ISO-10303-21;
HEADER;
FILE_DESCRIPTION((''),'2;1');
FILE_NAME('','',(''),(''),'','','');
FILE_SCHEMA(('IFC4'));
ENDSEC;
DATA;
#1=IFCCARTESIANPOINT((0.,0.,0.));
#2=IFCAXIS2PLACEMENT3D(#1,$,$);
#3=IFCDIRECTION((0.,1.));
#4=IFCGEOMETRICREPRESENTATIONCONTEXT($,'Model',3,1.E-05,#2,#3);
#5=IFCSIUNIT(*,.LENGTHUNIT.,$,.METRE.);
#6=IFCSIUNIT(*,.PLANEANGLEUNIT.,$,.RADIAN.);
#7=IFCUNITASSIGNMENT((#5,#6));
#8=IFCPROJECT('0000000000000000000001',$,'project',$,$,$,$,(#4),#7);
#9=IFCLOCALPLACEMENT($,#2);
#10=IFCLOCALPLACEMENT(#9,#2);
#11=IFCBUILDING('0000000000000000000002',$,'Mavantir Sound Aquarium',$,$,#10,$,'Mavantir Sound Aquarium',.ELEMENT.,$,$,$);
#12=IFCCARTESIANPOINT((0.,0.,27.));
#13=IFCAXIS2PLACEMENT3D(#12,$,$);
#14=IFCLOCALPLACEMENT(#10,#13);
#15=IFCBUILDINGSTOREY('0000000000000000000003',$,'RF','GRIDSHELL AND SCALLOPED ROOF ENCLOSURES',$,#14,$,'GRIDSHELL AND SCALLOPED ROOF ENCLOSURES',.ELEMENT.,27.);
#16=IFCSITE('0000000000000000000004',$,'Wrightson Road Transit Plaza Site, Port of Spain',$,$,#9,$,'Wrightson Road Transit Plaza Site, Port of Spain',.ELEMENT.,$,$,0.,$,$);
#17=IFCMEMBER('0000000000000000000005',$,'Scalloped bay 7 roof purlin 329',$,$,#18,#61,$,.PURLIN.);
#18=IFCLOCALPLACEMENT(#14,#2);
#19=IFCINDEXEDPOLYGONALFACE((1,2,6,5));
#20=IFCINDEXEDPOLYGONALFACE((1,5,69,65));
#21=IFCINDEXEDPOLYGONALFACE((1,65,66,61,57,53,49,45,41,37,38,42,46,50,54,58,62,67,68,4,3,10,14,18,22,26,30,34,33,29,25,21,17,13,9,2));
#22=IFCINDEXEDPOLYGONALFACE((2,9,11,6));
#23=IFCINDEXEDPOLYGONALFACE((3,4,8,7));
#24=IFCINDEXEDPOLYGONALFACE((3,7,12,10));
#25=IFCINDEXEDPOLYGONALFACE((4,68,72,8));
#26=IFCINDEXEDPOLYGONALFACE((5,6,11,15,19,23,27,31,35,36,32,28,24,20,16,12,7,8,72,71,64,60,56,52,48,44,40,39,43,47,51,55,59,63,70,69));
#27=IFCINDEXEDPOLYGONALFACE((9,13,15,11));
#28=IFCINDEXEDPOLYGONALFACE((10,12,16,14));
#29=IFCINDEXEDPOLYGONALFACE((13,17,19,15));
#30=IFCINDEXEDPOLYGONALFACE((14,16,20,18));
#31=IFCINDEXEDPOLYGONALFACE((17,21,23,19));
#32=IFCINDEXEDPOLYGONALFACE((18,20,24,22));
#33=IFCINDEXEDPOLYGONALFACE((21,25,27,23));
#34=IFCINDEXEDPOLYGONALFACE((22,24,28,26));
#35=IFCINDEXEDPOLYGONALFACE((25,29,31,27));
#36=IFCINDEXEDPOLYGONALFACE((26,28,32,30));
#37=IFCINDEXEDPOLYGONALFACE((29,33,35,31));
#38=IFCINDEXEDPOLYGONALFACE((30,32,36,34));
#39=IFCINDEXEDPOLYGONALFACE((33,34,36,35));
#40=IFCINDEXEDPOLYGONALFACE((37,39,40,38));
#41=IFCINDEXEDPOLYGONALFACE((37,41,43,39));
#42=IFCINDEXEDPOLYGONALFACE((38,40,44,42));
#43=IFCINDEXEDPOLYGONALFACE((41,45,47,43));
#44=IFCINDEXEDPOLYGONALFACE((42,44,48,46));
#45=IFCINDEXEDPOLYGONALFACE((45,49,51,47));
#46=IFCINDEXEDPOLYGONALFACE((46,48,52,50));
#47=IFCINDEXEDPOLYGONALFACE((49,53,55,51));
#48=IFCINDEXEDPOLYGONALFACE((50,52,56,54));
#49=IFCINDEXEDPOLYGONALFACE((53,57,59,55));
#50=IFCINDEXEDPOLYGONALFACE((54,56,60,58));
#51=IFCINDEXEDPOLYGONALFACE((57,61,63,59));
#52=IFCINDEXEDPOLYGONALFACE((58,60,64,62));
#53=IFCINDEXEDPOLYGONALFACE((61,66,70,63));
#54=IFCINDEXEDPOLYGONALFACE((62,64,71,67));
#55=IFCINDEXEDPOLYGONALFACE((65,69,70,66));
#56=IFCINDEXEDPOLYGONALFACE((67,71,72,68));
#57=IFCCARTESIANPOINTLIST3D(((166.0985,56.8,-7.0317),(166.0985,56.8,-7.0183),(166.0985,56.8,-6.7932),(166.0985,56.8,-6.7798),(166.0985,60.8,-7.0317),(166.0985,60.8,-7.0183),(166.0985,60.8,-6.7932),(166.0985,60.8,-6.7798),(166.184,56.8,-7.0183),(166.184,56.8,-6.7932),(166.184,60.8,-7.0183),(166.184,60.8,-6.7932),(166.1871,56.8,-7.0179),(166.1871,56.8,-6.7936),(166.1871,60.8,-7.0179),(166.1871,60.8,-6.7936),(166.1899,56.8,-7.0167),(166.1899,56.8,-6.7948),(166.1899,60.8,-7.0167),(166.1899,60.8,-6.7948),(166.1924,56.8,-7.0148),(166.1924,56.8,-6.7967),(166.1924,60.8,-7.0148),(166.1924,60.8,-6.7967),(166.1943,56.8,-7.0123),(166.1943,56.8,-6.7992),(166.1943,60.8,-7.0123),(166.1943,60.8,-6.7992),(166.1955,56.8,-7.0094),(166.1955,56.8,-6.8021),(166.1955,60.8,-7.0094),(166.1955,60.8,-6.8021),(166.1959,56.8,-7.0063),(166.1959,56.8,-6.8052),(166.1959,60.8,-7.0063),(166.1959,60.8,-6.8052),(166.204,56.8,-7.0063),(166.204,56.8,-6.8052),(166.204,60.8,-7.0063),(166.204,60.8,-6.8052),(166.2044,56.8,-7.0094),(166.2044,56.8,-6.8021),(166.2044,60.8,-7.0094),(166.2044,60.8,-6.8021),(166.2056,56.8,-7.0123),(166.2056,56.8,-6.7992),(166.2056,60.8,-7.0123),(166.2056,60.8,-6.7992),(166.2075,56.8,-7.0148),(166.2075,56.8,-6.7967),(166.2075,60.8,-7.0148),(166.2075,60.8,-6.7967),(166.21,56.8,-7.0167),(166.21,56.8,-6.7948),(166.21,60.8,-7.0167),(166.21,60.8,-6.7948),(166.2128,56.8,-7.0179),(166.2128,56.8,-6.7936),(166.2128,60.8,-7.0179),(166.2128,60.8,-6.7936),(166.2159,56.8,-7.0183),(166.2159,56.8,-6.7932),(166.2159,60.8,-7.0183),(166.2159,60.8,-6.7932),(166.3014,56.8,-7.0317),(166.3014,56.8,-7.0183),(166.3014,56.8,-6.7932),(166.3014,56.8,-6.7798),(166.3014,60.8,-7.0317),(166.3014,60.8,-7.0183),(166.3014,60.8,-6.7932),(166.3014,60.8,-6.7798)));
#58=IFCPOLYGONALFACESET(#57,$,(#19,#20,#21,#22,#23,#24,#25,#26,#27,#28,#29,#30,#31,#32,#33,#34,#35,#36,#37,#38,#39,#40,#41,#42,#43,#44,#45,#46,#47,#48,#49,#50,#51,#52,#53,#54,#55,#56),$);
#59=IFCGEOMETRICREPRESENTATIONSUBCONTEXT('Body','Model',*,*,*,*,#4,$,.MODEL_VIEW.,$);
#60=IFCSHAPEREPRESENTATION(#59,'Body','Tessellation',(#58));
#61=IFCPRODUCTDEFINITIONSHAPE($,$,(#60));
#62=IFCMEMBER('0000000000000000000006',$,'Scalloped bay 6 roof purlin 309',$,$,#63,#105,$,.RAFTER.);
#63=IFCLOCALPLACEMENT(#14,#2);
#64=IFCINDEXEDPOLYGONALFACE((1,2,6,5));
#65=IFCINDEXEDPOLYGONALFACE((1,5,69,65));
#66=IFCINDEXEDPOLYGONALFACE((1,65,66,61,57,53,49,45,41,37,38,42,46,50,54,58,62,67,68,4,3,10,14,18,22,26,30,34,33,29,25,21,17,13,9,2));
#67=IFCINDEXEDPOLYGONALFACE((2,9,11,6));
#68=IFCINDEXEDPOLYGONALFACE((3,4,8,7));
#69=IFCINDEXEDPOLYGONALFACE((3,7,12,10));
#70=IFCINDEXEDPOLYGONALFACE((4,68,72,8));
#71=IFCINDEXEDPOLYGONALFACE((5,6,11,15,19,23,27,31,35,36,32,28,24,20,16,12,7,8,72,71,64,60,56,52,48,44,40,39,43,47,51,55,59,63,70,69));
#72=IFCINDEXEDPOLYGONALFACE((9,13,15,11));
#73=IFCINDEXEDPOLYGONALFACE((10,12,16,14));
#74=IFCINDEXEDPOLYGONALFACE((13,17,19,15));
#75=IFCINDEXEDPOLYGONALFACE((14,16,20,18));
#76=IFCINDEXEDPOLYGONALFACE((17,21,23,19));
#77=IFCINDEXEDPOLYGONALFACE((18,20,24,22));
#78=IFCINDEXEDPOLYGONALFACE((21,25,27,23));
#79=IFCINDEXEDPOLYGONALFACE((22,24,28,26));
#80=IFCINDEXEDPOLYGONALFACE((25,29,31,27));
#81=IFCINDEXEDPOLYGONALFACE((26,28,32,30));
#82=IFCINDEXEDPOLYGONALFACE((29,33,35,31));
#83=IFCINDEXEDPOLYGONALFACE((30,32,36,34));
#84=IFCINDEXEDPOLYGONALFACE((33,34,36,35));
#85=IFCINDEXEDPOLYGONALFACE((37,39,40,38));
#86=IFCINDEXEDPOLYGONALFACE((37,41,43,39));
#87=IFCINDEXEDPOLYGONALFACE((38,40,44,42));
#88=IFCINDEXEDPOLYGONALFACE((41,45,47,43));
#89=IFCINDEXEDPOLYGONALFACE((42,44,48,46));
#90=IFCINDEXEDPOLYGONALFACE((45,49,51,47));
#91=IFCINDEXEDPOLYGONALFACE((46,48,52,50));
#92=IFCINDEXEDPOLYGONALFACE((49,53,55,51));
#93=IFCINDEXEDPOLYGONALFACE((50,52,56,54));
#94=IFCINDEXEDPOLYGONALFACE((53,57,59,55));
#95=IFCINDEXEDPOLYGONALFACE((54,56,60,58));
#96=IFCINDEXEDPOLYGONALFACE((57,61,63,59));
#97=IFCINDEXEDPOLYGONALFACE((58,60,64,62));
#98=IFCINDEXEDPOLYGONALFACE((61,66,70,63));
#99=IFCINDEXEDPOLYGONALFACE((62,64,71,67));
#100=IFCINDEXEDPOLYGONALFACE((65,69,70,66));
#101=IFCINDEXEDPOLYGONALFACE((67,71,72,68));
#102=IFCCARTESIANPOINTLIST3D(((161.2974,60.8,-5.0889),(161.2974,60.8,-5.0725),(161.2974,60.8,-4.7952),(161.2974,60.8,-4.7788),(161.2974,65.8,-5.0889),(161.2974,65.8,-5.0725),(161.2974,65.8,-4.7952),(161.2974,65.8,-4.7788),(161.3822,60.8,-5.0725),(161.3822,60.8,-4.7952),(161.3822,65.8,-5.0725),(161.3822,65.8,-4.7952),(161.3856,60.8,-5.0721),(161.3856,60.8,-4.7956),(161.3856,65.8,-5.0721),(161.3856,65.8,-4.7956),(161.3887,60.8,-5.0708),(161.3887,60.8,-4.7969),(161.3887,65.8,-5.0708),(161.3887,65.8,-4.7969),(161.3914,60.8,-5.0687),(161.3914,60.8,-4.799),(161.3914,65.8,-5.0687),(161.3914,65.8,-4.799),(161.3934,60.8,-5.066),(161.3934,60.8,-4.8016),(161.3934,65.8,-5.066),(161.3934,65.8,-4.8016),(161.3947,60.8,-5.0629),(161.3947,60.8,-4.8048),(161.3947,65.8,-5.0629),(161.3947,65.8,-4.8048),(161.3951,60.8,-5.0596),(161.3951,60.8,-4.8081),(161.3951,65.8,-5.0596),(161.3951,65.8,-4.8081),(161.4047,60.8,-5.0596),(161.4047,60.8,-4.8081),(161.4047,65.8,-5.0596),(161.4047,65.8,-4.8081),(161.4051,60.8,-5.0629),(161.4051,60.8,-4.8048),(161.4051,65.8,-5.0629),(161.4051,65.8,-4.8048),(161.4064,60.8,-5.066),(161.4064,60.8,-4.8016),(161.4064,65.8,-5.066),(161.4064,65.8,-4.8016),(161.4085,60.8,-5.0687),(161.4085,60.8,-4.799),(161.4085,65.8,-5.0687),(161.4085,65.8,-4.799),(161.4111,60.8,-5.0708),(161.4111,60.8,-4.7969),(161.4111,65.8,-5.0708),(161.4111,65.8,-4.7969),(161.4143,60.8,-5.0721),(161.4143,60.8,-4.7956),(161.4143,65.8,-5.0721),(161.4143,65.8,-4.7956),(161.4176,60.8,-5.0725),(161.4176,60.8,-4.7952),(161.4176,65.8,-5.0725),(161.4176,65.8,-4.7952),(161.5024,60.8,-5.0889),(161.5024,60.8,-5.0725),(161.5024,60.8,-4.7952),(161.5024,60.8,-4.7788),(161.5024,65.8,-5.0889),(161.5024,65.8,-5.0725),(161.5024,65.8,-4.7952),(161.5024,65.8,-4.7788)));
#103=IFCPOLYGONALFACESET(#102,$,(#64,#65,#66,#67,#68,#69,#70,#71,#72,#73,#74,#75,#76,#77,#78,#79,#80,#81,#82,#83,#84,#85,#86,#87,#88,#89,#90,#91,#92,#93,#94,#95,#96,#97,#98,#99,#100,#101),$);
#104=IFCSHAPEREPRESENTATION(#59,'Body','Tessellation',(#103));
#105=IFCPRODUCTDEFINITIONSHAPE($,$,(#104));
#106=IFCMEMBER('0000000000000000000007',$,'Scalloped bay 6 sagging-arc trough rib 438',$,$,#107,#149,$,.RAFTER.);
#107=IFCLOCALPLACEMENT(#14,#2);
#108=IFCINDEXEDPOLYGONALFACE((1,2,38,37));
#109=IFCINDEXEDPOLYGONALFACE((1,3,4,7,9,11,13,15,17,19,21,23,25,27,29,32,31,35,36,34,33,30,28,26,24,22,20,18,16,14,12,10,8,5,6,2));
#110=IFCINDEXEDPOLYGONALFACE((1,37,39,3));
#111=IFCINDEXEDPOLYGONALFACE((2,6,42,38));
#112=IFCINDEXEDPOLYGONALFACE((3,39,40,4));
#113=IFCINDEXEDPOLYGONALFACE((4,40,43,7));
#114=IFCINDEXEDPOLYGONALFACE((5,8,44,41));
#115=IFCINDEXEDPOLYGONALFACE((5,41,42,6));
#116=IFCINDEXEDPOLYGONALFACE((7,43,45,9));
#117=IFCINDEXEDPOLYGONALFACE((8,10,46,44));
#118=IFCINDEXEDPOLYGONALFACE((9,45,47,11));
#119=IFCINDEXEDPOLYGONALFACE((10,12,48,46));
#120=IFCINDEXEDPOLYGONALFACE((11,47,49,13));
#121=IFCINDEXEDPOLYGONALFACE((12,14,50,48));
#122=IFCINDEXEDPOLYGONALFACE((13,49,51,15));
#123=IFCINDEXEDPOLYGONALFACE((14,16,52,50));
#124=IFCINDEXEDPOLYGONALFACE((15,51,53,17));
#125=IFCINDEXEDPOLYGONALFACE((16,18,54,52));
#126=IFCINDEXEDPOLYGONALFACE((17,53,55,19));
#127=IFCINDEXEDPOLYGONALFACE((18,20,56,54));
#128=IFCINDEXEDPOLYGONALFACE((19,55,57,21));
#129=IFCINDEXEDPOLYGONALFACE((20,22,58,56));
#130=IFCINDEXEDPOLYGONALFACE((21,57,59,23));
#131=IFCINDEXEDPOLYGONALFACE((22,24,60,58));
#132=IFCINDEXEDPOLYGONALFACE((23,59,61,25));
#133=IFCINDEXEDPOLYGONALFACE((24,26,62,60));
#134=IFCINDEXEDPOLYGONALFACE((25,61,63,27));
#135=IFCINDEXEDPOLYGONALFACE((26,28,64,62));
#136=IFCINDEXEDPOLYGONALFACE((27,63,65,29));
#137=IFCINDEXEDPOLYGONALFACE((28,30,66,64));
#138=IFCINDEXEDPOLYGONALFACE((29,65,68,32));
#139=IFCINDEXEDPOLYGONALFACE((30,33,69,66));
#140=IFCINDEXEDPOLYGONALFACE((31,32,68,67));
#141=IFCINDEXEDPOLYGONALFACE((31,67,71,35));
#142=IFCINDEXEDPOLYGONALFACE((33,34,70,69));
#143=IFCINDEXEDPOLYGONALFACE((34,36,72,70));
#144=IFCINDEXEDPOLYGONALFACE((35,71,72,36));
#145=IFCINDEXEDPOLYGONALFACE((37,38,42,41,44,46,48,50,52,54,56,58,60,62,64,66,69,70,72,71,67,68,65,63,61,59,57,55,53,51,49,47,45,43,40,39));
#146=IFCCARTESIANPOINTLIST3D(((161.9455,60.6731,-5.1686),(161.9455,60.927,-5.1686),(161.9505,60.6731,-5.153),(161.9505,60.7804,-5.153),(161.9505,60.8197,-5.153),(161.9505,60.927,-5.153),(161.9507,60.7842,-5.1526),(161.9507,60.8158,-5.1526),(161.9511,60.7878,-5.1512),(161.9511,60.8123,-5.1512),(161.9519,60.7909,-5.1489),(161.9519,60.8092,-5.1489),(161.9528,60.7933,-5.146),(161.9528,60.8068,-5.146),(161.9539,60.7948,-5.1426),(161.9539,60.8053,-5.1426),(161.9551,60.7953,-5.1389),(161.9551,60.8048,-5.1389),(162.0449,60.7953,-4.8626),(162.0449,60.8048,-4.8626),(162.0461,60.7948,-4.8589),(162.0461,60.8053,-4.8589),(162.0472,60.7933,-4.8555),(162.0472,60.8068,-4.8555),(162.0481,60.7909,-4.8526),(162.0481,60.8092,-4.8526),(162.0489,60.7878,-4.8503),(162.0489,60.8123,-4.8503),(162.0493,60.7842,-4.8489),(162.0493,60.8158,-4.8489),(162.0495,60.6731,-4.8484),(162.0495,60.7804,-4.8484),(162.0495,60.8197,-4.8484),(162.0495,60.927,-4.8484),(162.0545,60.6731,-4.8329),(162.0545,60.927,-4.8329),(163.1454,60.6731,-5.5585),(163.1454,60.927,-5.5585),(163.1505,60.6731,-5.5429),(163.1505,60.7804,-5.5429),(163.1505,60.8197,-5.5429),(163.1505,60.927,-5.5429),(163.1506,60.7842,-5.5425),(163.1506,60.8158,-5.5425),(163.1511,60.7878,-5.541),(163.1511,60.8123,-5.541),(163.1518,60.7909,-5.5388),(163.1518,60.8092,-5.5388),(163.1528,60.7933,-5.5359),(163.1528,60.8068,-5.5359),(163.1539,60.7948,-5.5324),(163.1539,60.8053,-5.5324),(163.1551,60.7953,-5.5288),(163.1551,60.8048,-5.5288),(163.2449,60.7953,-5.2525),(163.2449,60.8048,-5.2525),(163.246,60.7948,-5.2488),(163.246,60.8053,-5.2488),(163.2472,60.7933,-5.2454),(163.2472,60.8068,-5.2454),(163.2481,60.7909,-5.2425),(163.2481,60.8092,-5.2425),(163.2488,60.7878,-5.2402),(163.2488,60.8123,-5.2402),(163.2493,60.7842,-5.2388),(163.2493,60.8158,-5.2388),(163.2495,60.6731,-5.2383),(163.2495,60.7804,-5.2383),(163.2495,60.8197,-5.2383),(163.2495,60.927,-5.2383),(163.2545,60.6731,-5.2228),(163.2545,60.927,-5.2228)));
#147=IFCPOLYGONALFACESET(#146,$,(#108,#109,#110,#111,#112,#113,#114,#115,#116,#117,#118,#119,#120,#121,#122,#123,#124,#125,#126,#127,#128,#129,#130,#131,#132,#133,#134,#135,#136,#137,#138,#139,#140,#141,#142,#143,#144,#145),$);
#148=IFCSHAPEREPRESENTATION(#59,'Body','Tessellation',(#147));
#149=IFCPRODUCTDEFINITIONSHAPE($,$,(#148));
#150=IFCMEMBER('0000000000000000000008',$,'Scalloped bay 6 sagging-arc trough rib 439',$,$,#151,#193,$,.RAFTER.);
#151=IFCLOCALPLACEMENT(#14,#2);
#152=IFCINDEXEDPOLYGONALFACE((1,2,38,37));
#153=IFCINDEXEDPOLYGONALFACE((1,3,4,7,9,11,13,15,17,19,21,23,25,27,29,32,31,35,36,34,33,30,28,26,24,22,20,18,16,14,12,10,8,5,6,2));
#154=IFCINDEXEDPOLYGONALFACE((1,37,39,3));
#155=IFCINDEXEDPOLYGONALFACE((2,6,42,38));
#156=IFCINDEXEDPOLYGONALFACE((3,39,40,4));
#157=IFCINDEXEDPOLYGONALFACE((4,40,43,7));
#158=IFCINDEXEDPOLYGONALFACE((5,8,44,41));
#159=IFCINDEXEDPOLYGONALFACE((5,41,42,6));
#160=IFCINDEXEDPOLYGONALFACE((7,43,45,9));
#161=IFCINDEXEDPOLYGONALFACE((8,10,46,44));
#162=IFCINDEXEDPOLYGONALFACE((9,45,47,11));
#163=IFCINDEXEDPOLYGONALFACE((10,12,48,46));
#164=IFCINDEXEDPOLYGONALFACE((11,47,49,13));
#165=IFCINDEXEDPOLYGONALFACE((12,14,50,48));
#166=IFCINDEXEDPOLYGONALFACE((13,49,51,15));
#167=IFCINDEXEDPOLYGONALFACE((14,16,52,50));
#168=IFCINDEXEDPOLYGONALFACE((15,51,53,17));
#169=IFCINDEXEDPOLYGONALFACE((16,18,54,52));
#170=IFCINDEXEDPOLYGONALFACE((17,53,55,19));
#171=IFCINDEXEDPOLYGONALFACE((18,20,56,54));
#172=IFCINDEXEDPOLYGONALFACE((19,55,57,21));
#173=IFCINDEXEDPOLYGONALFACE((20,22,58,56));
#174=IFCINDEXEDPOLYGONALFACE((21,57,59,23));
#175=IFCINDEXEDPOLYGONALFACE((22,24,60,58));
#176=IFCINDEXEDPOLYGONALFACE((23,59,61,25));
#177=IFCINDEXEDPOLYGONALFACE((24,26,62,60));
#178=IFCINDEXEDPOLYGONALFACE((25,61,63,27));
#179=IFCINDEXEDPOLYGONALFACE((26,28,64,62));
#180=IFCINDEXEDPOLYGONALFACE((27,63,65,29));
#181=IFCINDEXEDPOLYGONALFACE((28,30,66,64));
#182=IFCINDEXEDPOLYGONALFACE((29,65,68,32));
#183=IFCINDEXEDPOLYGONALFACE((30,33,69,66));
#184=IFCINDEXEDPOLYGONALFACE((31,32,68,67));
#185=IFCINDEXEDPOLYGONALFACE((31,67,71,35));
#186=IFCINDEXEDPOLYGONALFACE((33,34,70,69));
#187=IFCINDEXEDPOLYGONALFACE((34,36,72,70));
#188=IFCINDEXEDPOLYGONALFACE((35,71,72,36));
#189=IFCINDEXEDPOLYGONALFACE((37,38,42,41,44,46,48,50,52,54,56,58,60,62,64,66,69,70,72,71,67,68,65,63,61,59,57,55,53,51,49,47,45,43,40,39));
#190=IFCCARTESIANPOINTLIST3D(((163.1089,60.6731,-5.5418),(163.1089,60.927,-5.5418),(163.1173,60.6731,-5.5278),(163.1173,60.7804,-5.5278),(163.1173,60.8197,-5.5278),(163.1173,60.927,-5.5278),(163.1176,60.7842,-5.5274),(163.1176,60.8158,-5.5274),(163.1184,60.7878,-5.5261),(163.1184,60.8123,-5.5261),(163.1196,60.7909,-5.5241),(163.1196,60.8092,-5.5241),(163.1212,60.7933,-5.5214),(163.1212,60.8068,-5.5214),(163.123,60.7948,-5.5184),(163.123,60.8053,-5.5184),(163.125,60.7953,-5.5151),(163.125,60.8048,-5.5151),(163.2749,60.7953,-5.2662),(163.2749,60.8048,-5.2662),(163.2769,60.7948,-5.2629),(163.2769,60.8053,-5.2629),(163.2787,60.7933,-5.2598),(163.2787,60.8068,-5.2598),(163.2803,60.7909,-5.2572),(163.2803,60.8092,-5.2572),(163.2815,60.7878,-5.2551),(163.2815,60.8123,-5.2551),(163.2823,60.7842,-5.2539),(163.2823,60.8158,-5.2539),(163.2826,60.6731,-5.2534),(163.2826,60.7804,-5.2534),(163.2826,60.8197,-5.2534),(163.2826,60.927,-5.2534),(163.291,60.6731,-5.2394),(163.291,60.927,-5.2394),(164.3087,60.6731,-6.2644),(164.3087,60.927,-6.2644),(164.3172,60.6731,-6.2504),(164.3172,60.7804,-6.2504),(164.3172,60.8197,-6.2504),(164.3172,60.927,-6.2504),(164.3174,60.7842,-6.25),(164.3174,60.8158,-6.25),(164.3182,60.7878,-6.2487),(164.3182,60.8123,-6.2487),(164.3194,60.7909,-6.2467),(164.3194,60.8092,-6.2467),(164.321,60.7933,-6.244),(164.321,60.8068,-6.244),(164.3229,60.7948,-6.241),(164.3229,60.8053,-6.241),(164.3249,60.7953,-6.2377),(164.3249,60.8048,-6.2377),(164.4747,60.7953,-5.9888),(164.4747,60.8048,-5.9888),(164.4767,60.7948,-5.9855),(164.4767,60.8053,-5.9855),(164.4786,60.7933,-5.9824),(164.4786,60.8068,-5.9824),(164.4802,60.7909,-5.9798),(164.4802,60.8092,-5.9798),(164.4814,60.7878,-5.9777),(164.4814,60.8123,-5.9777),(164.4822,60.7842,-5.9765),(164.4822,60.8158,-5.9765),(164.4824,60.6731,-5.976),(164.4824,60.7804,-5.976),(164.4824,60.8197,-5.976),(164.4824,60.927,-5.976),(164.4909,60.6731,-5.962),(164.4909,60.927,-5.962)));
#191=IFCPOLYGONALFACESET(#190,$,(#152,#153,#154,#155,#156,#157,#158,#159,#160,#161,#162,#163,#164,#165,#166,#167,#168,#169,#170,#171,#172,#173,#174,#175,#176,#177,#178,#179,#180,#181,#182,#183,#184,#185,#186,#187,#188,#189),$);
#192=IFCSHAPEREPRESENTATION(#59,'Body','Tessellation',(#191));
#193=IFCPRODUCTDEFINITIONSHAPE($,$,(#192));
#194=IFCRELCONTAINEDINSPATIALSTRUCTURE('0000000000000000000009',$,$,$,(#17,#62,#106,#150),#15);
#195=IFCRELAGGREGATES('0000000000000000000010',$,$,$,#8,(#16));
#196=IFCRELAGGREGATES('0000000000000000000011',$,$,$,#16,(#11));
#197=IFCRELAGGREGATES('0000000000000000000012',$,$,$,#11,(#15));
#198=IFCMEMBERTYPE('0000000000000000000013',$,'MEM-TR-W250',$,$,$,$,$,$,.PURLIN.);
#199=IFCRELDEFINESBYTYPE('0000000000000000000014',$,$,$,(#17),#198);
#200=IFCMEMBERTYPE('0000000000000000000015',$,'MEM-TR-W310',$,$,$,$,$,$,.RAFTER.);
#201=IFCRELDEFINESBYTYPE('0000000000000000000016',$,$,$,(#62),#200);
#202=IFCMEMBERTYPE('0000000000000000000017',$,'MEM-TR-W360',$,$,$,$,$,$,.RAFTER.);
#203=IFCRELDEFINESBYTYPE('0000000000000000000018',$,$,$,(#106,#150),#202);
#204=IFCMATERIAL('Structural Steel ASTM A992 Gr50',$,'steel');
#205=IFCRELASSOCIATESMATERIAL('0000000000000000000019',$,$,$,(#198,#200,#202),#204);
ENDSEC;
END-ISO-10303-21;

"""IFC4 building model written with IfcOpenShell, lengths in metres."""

from ifc_helpers import new_model, si_unit, direction, frame, origin, origin_2d, place, context, subcontext, project, spatial, i_section, extrude, material, material_profile, profile_set, type_object, element, save


model = new_model("IFC4")

# Units and contexts
model_context = context("Model", 3, precision=1e-05, world=origin(), true_north=direction((0.0, 1.0)))
body_context = subcontext(model_context, "Body", "Model", "MODEL_VIEW")
ifc_project = project(units=[si_unit("LENGTHUNIT", "METRE"), si_unit("PLANEANGLEUNIT", "RADIAN")], contexts=[model_context])

# Site, building, storey
site_placement = place(None, origin())
site = spatial("IfcSite", under=ifc_project, at=site_placement, Name="Wrightson Road Transit Plaza Site, Port of Spain", LongName="Wrightson Road Transit Plaza Site, Port of Spain", CompositionType="ELEMENT", RefElevation=0.0)
building_placement = place(site_placement, origin())
building = spatial("IfcBuilding", under=site, at=building_placement, Name="Mavantir Sound Aquarium", LongName="Mavantir Sound Aquarium", CompositionType="ELEMENT")
storey_placement = place(building_placement, frame((0.0, 0.0, 27.0)))
storey = spatial("IfcBuildingStorey", under=building, at=storey_placement, Name="RF", Description="GRIDSHELL AND SCALLOPED ROOF ENCLOSURES", LongName="GRIDSHELL AND SCALLOPED ROOF ENCLOSURES", CompositionType="ELEMENT", Elevation=27.0)

# Shared definitions
ifc_material_1 = material(Name="Structural Steel ASTM A992 Gr50", Category="steel")

# Members
ifc_material_profile_1 = material_profile(ifc_material_1, i_section(OverallWidth=0.2029, OverallDepth=0.252, WebThickness=0.0081, FlangeThickness=0.0134, FilletRadius=0.012, at=origin_2d()), Name="W250X58")
ifc_profile_set_1 = profile_set([ifc_material_profile_1], Name="Structural Steel ASTM A992 Gr50")
member_type_1 = type_object("IfcMemberType", Name="MEM-TR-W250", PredefinedType="PURLIN", material=ifc_profile_set_1)
member_1_placement = place(storey_placement, frame((166.2, 56.8, -6.9058), z_axis=(0.0, 1.0, 0.0), x_axis=(-1.0, 0.0, 0.0)))
element("IfcMember", 1, at=member_1_placement, inside=storey, type_object=member_type_1, Name="Scalloped bay 7 roof purlin 329", PredefinedType="PURLIN", context=body_context, shape_type="SweptSolid", body=[
    extrude(i_section(OverallWidth=0.2029, OverallDepth=0.252, WebThickness=0.0081, FlangeThickness=0.0134, FilletRadius=0.012, at=origin_2d()), origin(), (0.0, 0.0, 1.0), 4.0),
])
ifc_material_profile_2 = material_profile(ifc_material_1, i_section(OverallWidth=0.2051, OverallDepth=0.3101, WebThickness=0.0095, FlangeThickness=0.0164, FilletRadius=0.0129, at=origin_2d()), Name="W310X74")
ifc_profile_set_2 = profile_set([ifc_material_profile_2], Name="Structural Steel ASTM A992 Gr50")
member_type_2 = type_object("IfcMemberType", Name="MEM-TR-W310", PredefinedType="RAFTER", material=ifc_profile_set_2)
member_2_placement = place(storey_placement, frame((161.3999, 60.8, -4.9338), z_axis=(0.0, 1.0, 0.0), x_axis=(-1.0, 0.0, 0.0)))
element("IfcMember", 2, at=member_2_placement, inside=storey, type_object=member_type_2, Name="Scalloped bay 6 roof purlin 309", PredefinedType="RAFTER", context=body_context, shape_type="SweptSolid", body=[
    extrude(i_section(OverallWidth=0.2051, OverallDepth=0.3101, WebThickness=0.0095, FlangeThickness=0.0164, FilletRadius=0.0129, at=origin_2d()), origin(), (0.0, 0.0, 1.0), 5.0),
])
ifc_material_profile_3 = material_profile(ifc_material_1, i_section(OverallWidth=0.2539, OverallDepth=0.353, WebThickness=0.0095, FlangeThickness=0.0164, FilletRadius=0.0149, at=origin_2d()), Name="W360X91")
ifc_profile_set_3 = profile_set([ifc_material_profile_3], Name="Structural Steel ASTM A992 Gr50")
member_type_3 = type_object("IfcMemberType", Name="MEM-TR-W360", PredefinedType="RAFTER", material=ifc_profile_set_3)
member_3_placement = place(storey_placement, frame((162.0, 60.8, -5.0007), z_axis=(0.951055, 0.0, -0.30902), x_axis=(0.0, 1.0, 0.0)))
element("IfcMember", 3, at=member_3_placement, inside=storey, type_object=member_type_3, Name="Scalloped bay 6 sagging-arc trough rib 438", PredefinedType="RAFTER", context=body_context, shape_type="SweptSolid", body=[
    extrude(i_section(OverallWidth=0.2539, OverallDepth=0.353, WebThickness=0.0095, FlangeThickness=0.0164, FilletRadius=0.0149, at=origin_2d()), origin(), (0.0, 0.0, 1.0), 1.2617),
])
member_4_placement = place(storey_placement, frame((163.2, 60.8, -5.3906), z_axis=(0.856646, 0.0, -0.515905), x_axis=(0.0, 1.0, 0.0)))
element("IfcMember", 4, at=member_4_placement, inside=storey, type_object=member_type_3, Name="Scalloped bay 6 sagging-arc trough rib 439", PredefinedType="RAFTER", context=body_context, shape_type="SweptSolid", body=[
    extrude(i_section(OverallWidth=0.2539, OverallDepth=0.353, WebThickness=0.0095, FlangeThickness=0.0164, FilletRadius=0.0149, at=origin_2d()), origin(), (0.0, 0.0, 1.0), 1.4006),
])

save(model, "model.ifc")
